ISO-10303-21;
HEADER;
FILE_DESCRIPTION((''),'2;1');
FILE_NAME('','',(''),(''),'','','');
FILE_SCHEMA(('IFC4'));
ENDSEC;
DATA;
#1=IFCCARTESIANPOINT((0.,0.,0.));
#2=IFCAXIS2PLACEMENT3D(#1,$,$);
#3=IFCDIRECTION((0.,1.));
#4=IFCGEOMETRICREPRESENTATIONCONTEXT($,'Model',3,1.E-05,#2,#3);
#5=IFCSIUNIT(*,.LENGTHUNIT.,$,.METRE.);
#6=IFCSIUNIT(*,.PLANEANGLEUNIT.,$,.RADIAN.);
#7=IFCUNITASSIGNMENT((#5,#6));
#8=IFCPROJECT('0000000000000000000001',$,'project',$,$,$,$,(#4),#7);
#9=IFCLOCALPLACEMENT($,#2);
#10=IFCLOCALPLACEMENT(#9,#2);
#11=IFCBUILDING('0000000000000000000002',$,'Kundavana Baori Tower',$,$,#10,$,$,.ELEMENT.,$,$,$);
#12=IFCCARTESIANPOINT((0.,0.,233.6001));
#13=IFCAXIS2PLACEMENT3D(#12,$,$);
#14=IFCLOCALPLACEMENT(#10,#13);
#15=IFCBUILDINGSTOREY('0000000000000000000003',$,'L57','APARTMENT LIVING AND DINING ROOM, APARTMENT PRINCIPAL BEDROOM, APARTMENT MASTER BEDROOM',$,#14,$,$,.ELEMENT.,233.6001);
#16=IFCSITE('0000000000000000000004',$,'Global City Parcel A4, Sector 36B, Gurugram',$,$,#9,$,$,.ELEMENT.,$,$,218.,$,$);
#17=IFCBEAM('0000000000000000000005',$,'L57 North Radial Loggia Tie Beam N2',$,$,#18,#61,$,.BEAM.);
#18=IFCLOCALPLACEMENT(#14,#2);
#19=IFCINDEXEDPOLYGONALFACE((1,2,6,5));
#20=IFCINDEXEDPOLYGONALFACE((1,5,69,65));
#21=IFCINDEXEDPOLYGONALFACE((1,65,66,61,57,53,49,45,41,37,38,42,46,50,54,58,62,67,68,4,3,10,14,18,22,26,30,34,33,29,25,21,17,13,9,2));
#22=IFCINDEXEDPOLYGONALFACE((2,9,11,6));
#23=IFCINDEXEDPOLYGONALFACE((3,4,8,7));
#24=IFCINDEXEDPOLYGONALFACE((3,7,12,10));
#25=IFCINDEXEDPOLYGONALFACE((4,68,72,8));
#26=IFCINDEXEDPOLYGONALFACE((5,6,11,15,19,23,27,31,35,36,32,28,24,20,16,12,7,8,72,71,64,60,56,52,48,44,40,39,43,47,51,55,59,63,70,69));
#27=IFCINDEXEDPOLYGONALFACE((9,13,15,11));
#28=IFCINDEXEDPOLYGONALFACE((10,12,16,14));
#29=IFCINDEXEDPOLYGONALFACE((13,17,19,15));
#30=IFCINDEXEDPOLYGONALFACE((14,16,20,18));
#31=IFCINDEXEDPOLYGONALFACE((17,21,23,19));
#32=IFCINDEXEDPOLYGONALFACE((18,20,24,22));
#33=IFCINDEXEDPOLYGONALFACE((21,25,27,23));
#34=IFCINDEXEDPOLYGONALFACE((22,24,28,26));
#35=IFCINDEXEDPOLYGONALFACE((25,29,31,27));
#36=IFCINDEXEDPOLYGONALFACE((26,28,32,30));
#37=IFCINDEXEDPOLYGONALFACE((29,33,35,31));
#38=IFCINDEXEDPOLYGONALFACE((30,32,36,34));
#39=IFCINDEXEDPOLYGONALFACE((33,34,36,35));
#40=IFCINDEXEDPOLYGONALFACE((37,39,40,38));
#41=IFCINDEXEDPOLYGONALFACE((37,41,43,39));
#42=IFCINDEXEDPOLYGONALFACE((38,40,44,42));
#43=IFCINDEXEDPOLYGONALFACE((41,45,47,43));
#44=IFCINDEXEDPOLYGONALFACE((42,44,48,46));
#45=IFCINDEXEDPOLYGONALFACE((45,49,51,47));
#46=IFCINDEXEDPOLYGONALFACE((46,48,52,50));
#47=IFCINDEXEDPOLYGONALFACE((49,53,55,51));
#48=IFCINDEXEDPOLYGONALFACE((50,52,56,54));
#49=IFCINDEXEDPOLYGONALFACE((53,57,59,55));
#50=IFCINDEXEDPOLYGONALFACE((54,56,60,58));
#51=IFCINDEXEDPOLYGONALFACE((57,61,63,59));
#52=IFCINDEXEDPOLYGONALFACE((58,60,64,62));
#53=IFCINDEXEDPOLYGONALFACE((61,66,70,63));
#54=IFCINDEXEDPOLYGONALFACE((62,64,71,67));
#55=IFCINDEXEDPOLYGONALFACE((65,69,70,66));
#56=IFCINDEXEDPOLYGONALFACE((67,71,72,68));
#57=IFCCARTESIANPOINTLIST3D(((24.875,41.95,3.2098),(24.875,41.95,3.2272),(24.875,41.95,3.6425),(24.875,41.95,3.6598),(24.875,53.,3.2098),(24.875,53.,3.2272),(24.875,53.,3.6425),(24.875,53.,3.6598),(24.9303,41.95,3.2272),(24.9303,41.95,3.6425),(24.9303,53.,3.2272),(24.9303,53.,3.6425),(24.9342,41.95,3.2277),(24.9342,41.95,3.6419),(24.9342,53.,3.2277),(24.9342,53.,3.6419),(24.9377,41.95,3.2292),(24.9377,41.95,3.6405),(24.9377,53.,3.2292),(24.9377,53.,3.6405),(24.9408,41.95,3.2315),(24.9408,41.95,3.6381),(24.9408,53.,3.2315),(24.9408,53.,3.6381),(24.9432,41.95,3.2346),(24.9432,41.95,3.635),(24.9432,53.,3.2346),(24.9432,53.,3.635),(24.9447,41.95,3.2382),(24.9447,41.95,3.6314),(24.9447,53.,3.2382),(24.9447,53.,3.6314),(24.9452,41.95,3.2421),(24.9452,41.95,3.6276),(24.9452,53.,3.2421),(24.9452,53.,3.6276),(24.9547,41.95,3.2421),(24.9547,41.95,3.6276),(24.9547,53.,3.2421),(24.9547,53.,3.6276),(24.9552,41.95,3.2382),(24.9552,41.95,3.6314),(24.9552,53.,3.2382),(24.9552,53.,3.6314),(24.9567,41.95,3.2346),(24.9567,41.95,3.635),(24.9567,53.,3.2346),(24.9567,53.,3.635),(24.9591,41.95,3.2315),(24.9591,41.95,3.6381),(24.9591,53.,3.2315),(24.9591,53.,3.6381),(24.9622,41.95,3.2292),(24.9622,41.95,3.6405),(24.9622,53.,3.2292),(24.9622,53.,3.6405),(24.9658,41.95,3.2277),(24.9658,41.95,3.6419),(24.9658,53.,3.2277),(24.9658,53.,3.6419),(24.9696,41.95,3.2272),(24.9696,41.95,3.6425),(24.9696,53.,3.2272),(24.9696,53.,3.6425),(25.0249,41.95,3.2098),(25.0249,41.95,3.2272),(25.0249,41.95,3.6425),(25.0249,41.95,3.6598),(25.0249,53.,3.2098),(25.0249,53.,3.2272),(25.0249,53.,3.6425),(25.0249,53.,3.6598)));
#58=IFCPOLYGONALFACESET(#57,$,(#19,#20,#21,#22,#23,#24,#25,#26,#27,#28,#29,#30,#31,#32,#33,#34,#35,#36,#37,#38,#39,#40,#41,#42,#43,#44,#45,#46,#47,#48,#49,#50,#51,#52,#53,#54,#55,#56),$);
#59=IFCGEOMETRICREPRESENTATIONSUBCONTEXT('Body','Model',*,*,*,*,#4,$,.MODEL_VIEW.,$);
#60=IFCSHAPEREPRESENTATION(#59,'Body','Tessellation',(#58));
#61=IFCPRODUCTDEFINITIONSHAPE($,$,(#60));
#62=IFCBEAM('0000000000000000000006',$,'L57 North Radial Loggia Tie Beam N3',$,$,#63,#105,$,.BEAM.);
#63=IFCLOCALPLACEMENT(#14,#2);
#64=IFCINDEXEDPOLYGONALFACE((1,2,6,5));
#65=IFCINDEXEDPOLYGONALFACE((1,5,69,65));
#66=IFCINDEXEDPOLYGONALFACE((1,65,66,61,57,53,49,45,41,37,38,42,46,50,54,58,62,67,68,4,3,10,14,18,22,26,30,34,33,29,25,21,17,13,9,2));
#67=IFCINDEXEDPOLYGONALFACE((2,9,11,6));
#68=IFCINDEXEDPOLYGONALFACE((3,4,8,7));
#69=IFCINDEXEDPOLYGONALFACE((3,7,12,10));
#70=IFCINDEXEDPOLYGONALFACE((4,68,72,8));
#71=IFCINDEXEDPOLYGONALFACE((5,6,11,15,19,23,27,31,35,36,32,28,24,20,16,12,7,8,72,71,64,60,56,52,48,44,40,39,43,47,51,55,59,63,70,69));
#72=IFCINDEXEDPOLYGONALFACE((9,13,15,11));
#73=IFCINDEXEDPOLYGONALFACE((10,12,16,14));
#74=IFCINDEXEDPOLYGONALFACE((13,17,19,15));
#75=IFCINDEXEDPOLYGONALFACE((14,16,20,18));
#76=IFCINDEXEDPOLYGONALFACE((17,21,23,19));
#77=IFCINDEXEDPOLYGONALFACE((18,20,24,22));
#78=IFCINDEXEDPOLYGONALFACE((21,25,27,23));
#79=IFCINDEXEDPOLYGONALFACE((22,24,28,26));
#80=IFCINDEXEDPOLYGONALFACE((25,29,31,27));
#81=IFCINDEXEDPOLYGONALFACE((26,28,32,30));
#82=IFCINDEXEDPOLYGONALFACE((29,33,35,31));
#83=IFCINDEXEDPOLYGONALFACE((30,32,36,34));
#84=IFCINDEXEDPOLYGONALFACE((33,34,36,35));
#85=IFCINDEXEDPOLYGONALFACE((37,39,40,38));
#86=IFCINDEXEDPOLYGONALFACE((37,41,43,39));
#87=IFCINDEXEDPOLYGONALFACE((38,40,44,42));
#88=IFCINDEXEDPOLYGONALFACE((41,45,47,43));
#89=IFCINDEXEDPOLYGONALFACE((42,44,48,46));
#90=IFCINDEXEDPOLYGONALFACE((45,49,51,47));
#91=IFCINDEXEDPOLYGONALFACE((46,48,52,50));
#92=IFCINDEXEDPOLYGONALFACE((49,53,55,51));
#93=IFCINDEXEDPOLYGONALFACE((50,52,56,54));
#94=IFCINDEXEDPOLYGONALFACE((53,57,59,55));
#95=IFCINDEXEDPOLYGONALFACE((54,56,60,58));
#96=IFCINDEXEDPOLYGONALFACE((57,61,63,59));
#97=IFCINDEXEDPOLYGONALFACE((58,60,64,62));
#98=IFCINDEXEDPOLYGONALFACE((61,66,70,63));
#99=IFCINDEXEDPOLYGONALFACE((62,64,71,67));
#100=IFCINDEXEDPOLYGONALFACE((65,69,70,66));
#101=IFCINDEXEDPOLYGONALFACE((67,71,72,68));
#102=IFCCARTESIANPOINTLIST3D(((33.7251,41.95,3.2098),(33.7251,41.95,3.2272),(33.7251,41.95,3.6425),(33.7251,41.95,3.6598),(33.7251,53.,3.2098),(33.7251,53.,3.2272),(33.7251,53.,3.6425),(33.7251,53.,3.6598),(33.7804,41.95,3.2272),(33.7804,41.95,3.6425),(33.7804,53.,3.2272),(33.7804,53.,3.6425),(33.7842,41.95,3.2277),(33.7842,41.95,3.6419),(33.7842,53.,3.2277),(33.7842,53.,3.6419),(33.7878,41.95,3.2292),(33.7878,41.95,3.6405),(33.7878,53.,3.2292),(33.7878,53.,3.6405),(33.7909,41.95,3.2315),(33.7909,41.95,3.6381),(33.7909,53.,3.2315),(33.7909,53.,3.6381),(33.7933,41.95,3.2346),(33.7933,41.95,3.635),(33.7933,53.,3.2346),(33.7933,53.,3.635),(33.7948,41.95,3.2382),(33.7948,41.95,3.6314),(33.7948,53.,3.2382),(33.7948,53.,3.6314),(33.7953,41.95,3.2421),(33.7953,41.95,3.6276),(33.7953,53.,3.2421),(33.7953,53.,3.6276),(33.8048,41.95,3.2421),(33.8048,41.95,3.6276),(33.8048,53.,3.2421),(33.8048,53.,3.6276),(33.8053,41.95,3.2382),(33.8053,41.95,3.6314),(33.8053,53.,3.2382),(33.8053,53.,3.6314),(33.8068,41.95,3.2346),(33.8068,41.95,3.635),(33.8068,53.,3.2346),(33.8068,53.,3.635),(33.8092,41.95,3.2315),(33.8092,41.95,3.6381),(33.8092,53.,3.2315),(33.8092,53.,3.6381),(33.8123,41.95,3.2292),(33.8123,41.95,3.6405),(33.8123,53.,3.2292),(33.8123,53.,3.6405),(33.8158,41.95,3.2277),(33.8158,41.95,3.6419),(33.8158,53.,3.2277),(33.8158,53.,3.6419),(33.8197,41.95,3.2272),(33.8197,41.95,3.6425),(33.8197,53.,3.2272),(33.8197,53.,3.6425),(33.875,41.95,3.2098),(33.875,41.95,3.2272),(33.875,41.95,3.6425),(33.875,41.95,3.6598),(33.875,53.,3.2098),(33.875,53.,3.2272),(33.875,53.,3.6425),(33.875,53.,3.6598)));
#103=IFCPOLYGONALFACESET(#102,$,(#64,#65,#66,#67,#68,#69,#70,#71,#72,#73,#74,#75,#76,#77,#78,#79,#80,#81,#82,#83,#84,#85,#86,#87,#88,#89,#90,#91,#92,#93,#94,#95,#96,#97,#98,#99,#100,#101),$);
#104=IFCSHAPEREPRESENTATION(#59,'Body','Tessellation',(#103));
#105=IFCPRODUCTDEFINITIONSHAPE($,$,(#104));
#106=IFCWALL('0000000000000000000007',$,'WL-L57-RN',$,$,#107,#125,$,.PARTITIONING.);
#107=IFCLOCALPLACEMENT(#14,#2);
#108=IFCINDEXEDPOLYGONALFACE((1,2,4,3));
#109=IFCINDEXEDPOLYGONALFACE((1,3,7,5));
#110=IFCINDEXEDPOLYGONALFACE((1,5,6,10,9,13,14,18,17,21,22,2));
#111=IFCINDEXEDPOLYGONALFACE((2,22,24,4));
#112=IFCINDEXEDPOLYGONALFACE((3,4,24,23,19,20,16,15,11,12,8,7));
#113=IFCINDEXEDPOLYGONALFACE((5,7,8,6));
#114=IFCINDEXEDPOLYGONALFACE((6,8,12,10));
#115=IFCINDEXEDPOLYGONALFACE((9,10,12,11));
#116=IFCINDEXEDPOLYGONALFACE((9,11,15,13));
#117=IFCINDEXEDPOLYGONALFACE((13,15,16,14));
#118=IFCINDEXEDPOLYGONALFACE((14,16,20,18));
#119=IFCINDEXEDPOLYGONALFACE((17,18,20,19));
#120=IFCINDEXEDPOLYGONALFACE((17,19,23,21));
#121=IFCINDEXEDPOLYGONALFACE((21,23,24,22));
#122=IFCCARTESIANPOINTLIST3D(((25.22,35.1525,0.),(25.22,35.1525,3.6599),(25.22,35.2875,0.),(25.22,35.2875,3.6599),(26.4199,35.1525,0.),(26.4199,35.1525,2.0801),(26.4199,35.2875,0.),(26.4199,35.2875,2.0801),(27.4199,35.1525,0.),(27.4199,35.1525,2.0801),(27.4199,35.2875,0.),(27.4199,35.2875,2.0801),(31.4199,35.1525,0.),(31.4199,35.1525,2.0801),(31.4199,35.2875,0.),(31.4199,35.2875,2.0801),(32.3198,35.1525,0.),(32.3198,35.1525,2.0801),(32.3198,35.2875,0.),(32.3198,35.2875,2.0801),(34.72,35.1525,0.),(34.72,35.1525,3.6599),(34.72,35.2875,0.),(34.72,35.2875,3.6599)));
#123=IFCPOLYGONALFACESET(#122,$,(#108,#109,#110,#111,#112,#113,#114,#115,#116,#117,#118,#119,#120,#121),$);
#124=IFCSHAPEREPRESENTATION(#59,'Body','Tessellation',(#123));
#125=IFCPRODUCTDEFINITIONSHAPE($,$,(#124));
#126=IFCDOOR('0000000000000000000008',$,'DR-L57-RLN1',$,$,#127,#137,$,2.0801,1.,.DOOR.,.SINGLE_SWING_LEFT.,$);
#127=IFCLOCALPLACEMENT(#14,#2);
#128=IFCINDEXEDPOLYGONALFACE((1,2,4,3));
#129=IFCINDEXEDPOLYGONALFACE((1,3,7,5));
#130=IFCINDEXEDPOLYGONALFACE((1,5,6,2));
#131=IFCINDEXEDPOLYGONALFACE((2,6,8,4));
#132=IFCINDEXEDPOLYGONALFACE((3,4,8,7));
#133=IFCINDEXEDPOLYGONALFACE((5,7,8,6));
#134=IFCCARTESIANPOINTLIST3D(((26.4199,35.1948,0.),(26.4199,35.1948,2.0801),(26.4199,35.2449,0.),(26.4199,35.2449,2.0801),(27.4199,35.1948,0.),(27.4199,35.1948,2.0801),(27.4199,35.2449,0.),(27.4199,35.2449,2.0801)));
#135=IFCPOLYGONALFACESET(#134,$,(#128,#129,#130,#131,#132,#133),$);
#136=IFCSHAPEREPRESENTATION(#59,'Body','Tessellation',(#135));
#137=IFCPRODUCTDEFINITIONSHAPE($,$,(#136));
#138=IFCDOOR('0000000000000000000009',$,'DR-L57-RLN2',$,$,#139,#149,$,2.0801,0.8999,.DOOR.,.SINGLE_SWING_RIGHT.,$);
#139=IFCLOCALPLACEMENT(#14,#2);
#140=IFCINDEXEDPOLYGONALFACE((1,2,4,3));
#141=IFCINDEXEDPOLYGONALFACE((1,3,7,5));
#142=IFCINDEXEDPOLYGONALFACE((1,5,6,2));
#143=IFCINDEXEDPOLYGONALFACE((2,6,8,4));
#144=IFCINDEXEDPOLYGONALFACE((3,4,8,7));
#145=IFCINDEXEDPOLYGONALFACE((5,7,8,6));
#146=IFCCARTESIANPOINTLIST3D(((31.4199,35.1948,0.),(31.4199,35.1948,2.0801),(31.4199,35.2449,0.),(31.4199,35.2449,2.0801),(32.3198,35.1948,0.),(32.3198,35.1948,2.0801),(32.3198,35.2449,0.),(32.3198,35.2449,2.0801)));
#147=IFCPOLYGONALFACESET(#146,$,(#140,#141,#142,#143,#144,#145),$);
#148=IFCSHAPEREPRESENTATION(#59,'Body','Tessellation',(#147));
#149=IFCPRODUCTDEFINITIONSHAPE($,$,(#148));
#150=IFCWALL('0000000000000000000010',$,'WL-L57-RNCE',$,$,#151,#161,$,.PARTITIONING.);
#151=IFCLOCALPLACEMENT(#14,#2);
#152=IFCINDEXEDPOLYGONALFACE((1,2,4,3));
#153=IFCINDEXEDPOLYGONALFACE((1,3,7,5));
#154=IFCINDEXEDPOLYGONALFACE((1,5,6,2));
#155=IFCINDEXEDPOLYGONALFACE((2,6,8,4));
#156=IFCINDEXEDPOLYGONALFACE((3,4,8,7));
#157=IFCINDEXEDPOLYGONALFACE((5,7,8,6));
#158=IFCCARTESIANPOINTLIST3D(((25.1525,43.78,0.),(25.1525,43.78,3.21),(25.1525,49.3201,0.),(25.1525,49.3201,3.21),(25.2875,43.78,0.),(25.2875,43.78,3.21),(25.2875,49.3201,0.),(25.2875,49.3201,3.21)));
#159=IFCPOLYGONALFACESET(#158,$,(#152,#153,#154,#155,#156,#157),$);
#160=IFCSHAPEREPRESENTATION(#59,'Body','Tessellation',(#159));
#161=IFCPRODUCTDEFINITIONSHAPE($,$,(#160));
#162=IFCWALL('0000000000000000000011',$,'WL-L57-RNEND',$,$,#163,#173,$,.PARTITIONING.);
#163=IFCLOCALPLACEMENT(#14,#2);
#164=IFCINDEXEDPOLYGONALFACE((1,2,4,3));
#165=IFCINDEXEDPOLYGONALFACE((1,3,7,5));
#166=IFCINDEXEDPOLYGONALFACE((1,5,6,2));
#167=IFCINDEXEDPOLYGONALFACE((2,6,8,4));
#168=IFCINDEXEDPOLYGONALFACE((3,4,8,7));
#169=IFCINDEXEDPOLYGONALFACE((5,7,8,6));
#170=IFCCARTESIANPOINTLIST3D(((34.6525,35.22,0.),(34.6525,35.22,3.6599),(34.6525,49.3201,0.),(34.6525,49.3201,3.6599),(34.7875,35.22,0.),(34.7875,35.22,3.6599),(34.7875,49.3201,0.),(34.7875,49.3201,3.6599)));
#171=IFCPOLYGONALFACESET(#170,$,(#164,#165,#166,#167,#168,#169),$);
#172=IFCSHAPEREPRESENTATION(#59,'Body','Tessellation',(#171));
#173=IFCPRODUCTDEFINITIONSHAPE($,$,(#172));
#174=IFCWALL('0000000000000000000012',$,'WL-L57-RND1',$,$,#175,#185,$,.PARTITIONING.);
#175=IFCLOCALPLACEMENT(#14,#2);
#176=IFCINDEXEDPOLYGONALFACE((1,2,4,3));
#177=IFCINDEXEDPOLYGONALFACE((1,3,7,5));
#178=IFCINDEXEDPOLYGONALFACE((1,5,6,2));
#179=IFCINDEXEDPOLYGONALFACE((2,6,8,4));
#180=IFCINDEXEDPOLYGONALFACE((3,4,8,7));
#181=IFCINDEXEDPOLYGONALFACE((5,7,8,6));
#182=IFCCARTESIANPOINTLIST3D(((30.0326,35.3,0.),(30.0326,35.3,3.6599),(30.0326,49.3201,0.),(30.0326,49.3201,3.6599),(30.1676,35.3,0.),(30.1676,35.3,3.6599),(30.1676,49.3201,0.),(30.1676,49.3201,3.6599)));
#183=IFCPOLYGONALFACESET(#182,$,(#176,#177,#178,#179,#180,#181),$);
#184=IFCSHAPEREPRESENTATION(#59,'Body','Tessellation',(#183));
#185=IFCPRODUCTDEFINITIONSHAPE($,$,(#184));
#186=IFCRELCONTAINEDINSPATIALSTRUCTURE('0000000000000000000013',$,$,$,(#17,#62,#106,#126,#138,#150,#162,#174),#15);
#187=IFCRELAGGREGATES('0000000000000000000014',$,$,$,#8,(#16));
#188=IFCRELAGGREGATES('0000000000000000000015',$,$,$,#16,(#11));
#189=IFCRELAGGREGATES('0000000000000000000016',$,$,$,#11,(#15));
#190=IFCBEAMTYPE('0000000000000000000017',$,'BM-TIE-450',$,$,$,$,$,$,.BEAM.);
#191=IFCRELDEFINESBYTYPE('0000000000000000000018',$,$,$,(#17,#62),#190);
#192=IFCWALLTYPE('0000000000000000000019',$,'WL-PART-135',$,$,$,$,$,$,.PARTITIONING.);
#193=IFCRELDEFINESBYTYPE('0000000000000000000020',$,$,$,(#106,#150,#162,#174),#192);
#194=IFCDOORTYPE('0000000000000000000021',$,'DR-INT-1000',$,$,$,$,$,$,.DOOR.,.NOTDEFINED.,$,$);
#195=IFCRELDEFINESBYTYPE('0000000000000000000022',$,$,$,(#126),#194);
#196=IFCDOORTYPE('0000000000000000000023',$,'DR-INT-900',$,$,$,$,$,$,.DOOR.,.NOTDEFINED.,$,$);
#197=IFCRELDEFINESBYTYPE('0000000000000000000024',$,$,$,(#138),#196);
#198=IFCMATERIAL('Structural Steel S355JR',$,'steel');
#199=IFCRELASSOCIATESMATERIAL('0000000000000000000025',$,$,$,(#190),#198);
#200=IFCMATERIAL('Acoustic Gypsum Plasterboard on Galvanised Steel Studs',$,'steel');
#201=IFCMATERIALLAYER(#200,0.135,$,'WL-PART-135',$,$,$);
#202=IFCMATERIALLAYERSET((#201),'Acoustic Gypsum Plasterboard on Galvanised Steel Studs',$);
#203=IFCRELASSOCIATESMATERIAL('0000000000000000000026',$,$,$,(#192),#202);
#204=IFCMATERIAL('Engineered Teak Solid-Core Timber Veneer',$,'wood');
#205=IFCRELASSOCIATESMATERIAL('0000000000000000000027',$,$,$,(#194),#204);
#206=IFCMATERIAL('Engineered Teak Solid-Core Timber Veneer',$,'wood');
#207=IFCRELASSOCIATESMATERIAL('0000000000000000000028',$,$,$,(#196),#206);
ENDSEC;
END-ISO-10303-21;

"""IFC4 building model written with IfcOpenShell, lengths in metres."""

from ifc_helpers import new_model, si_unit, direction, frame, frame_2d, origin, origin_2d, place, context, subcontext, project, spatial, rectangle, i_section, extrude, material, layer, layer_set, material_profile, profile_set, type_object, element, fill, save


model = new_model("IFC4")

# Units and contexts
model_context = context("Model", 3, precision=1e-05, world=origin(), true_north=direction((0.0, 1.0)))
body_context = subcontext(model_context, "Body", "Model", "MODEL_VIEW")
ifc_project = project(units=[si_unit("LENGTHUNIT", "METRE"), si_unit("PLANEANGLEUNIT", "RADIAN")], contexts=[model_context])

# Site, building, storey
site_placement = place(None, origin())
site = spatial("IfcSite", under=ifc_project, at=site_placement, Name="Global City Parcel A4, Sector 36B, Gurugram", CompositionType="ELEMENT", RefElevation=218.0)
building_placement = place(site_placement, origin())
building = spatial("IfcBuilding", under=site, at=building_placement, Name="Kundavana Baori Tower", CompositionType="ELEMENT")
storey_placement = place(building_placement, frame((0.0, 0.0, 233.6001)))
storey = spatial("IfcBuildingStorey", under=building, at=storey_placement, Name="L57", Description="APARTMENT LIVING AND DINING ROOM, APARTMENT PRINCIPAL BEDROOM, APARTMENT MASTER BEDROOM", CompositionType="ELEMENT", Elevation=233.6001)

# Beams
ifc_material_1 = material(Name="Structural Steel S355JR", Category="steel")
ifc_material_profile_1 = material_profile(ifc_material_1, i_section(OverallWidth=0.1499, OverallDepth=0.45, WebThickness=0.0095, FlangeThickness=0.0173, FilletRadius=0.0149, at=origin_2d()), Name="ISMB 450")
ifc_profile_set_1 = profile_set([ifc_material_profile_1], Name="Structural Steel S355JR")
beam_type_1 = type_object("IfcBeamType", Name="BM-TIE-450", PredefinedType="BEAM", material=ifc_profile_set_1)
for number, where, z_axis, x_axis, name in (
    (1, (24.95, 41.95, 3.4348), (0.0, 1.0, 0.0), (-1.0, 0.0, 0.0), "L57 North Radial Loggia Tie Beam N2"),
    (2, (33.8, 41.95, 3.4348), (0.0, 1.0, 0.0), (-1.0, 0.0, 0.0), "L57 North Radial Loggia Tie Beam N3"),
):
    element("IfcBeam", number, at=place(storey_placement, frame(where, z_axis=z_axis, x_axis=x_axis)), inside=storey, type_object=beam_type_1, Name=name, PredefinedType="BEAM", context=body_context, shape_type="SweptSolid", body=[
        extrude(i_section(OverallWidth=0.1499, OverallDepth=0.45, WebThickness=0.0095, FlangeThickness=0.0173, FilletRadius=0.0149, at=origin_2d()), origin(), (0.0, 0.0, 1.0), 11.05),
    ])

# Wall, openings, doors
ifc_material_2 = material(Name="Acoustic Gypsum Plasterboard on Galvanised Steel Studs", Category="steel")
ifc_layer_1 = layer(ifc_material_2, 0.135, Name="WL-PART-135")
ifc_layer_set_1 = layer_set([ifc_layer_1], Name="Acoustic Gypsum Plasterboard on Galvanised Steel Studs")
wall_type_1 = type_object("IfcWallType", Name="WL-PART-135", PredefinedType="PARTITIONING", material=ifc_layer_set_1)
wall_1_placement = place(storey_placement, frame((25.22, 35.22, 0.0), z_axis=(0.0, 0.0, 1.0), x_axis=(1.0, 0.0, 0.0)))
wall_1 = element("IfcWall", 3, at=wall_1_placement, inside=storey, type_object=wall_type_1, Name="WL-L57-RN", PredefinedType="PARTITIONING", context=body_context, shape_type="SweptSolid", body=[
    extrude(rectangle(XDim=9.5, YDim=0.135, at=frame_2d((4.75, 0.0))), origin(), (0.0, 0.0, 1.0), 3.6599),
])
opening_1_placement = place(wall_1_placement, frame((1.2, 0.0, 0.0)))
opening_1 = element("IfcOpeningElement", 4, at=opening_1_placement, cuts=wall_1, PredefinedType="OPENING", context=body_context, shape_type="SweptSolid", body=[
    extrude(rectangle(XDim=1.0, YDim=2.0801, at=frame_2d((0.5, 1.04))), frame((0.0, 0.0776, 0.0), z_axis=(0.0, -1.0, 0.0), x_axis=(1.0, 0.0, 0.0)), (0.0, 0.0, 1.0), 0.155),
])
opening_2_placement = place(wall_1_placement, frame((6.2, 0.0, 0.0)))
opening_2 = element("IfcOpeningElement", 5, at=opening_2_placement, cuts=wall_1, PredefinedType="OPENING", context=body_context, shape_type="SweptSolid", body=[
    extrude(rectangle(XDim=0.8999, YDim=2.0801, at=frame_2d((0.45, 1.04))), frame((0.0, 0.0776, 0.0), z_axis=(0.0, -1.0, 0.0), x_axis=(1.0, 0.0, 0.0)), (0.0, 0.0, 1.0), 0.155),
])
ifc_material_3 = material(Name="Engineered Teak Solid-Core Timber Veneer", Category="wood")
door_type_1 = type_object("IfcDoorType", Name="DR-INT-1000", OperationType="NOTDEFINED", PredefinedType="DOOR", material=ifc_material_3)
door_1_placement = place(opening_1_placement, origin())
door_1 = element("IfcDoor", 6, at=door_1_placement, inside=storey, type_object=door_type_1, Name="DR-L57-RLN1", OperationType="SINGLE_SWING_LEFT", OverallHeight=2.0801, OverallWidth=1.0, PredefinedType="DOOR", context=body_context, shape_type="SweptSolid", body=[
    extrude(rectangle(XDim=1.0, YDim=2.0801, at=frame_2d((0.5, 1.04))), frame((0.0, 0.0249, 0.0), z_axis=(0.0, -1.0, 0.0), x_axis=(1.0, 0.0, 0.0)), (0.0, 0.0, 1.0), 0.05),
])
fill(opening_1, door_1)
ifc_material_4 = material(Name="Engineered Teak Solid-Core Timber Veneer", Category="wood")
door_type_2 = type_object("IfcDoorType", Name="DR-INT-900", OperationType="NOTDEFINED", PredefinedType="DOOR", material=ifc_material_4)
door_2_placement = place(opening_2_placement, origin())
door_2 = element("IfcDoor", 7, at=door_2_placement, inside=storey, type_object=door_type_2, Name="DR-L57-RLN2", OperationType="SINGLE_SWING_RIGHT", OverallHeight=2.0801, OverallWidth=0.8999, PredefinedType="DOOR", context=body_context, shape_type="SweptSolid", body=[
    extrude(rectangle(XDim=0.8999, YDim=2.0801, at=frame_2d((0.45, 1.04))), frame((0.0, 0.0249, 0.0), z_axis=(0.0, -1.0, 0.0), x_axis=(1.0, 0.0, 0.0)), (0.0, 0.0, 1.0), 0.05),
])
fill(opening_2, door_2)

# Walls
wall_2_placement = place(storey_placement, frame((25.22, 43.78, 0.0), z_axis=(0.0, 0.0, 1.0), x_axis=(0.0, 1.0, 0.0)))
element("IfcWall", 8, at=wall_2_placement, inside=storey, type_object=wall_type_1, Name="WL-L57-RNCE", PredefinedType="PARTITIONING", context=body_context, shape_type="SweptSolid", body=[
    extrude(rectangle(XDim=5.54, YDim=0.135, at=frame_2d((2.77, 0.0))), origin(), (0.0, 0.0, 1.0), 3.21),
])
wall_3_placement = place(storey_placement, frame((34.72, 35.22, 0.0), z_axis=(0.0, 0.0, 1.0), x_axis=(0.0, 1.0, 0.0)))
element("IfcWall", 9, at=wall_3_placement, inside=storey, type_object=wall_type_1, Name="WL-L57-RNEND", PredefinedType="PARTITIONING", context=body_context, shape_type="SweptSolid", body=[
    extrude(rectangle(XDim=14.1001, YDim=0.135, at=frame_2d((7.05, 0.0))), origin(), (0.0, 0.0, 1.0), 3.6599),
])
wall_4_placement = place(storey_placement, frame((30.1001, 35.3, 0.0), z_axis=(0.0, 0.0, 1.0), x_axis=(0.0, 1.0, 0.0)))
element("IfcWall", 10, at=wall_4_placement, inside=storey, type_object=wall_type_1, Name="WL-L57-RND1", PredefinedType="PARTITIONING", context=body_context, shape_type="SweptSolid", body=[
    extrude(rectangle(XDim=14.02, YDim=0.135, at=frame_2d((7.01, 0.0))), origin(), (0.0, 0.0, 1.0), 3.6599),
])

save(model, "model.ifc")
